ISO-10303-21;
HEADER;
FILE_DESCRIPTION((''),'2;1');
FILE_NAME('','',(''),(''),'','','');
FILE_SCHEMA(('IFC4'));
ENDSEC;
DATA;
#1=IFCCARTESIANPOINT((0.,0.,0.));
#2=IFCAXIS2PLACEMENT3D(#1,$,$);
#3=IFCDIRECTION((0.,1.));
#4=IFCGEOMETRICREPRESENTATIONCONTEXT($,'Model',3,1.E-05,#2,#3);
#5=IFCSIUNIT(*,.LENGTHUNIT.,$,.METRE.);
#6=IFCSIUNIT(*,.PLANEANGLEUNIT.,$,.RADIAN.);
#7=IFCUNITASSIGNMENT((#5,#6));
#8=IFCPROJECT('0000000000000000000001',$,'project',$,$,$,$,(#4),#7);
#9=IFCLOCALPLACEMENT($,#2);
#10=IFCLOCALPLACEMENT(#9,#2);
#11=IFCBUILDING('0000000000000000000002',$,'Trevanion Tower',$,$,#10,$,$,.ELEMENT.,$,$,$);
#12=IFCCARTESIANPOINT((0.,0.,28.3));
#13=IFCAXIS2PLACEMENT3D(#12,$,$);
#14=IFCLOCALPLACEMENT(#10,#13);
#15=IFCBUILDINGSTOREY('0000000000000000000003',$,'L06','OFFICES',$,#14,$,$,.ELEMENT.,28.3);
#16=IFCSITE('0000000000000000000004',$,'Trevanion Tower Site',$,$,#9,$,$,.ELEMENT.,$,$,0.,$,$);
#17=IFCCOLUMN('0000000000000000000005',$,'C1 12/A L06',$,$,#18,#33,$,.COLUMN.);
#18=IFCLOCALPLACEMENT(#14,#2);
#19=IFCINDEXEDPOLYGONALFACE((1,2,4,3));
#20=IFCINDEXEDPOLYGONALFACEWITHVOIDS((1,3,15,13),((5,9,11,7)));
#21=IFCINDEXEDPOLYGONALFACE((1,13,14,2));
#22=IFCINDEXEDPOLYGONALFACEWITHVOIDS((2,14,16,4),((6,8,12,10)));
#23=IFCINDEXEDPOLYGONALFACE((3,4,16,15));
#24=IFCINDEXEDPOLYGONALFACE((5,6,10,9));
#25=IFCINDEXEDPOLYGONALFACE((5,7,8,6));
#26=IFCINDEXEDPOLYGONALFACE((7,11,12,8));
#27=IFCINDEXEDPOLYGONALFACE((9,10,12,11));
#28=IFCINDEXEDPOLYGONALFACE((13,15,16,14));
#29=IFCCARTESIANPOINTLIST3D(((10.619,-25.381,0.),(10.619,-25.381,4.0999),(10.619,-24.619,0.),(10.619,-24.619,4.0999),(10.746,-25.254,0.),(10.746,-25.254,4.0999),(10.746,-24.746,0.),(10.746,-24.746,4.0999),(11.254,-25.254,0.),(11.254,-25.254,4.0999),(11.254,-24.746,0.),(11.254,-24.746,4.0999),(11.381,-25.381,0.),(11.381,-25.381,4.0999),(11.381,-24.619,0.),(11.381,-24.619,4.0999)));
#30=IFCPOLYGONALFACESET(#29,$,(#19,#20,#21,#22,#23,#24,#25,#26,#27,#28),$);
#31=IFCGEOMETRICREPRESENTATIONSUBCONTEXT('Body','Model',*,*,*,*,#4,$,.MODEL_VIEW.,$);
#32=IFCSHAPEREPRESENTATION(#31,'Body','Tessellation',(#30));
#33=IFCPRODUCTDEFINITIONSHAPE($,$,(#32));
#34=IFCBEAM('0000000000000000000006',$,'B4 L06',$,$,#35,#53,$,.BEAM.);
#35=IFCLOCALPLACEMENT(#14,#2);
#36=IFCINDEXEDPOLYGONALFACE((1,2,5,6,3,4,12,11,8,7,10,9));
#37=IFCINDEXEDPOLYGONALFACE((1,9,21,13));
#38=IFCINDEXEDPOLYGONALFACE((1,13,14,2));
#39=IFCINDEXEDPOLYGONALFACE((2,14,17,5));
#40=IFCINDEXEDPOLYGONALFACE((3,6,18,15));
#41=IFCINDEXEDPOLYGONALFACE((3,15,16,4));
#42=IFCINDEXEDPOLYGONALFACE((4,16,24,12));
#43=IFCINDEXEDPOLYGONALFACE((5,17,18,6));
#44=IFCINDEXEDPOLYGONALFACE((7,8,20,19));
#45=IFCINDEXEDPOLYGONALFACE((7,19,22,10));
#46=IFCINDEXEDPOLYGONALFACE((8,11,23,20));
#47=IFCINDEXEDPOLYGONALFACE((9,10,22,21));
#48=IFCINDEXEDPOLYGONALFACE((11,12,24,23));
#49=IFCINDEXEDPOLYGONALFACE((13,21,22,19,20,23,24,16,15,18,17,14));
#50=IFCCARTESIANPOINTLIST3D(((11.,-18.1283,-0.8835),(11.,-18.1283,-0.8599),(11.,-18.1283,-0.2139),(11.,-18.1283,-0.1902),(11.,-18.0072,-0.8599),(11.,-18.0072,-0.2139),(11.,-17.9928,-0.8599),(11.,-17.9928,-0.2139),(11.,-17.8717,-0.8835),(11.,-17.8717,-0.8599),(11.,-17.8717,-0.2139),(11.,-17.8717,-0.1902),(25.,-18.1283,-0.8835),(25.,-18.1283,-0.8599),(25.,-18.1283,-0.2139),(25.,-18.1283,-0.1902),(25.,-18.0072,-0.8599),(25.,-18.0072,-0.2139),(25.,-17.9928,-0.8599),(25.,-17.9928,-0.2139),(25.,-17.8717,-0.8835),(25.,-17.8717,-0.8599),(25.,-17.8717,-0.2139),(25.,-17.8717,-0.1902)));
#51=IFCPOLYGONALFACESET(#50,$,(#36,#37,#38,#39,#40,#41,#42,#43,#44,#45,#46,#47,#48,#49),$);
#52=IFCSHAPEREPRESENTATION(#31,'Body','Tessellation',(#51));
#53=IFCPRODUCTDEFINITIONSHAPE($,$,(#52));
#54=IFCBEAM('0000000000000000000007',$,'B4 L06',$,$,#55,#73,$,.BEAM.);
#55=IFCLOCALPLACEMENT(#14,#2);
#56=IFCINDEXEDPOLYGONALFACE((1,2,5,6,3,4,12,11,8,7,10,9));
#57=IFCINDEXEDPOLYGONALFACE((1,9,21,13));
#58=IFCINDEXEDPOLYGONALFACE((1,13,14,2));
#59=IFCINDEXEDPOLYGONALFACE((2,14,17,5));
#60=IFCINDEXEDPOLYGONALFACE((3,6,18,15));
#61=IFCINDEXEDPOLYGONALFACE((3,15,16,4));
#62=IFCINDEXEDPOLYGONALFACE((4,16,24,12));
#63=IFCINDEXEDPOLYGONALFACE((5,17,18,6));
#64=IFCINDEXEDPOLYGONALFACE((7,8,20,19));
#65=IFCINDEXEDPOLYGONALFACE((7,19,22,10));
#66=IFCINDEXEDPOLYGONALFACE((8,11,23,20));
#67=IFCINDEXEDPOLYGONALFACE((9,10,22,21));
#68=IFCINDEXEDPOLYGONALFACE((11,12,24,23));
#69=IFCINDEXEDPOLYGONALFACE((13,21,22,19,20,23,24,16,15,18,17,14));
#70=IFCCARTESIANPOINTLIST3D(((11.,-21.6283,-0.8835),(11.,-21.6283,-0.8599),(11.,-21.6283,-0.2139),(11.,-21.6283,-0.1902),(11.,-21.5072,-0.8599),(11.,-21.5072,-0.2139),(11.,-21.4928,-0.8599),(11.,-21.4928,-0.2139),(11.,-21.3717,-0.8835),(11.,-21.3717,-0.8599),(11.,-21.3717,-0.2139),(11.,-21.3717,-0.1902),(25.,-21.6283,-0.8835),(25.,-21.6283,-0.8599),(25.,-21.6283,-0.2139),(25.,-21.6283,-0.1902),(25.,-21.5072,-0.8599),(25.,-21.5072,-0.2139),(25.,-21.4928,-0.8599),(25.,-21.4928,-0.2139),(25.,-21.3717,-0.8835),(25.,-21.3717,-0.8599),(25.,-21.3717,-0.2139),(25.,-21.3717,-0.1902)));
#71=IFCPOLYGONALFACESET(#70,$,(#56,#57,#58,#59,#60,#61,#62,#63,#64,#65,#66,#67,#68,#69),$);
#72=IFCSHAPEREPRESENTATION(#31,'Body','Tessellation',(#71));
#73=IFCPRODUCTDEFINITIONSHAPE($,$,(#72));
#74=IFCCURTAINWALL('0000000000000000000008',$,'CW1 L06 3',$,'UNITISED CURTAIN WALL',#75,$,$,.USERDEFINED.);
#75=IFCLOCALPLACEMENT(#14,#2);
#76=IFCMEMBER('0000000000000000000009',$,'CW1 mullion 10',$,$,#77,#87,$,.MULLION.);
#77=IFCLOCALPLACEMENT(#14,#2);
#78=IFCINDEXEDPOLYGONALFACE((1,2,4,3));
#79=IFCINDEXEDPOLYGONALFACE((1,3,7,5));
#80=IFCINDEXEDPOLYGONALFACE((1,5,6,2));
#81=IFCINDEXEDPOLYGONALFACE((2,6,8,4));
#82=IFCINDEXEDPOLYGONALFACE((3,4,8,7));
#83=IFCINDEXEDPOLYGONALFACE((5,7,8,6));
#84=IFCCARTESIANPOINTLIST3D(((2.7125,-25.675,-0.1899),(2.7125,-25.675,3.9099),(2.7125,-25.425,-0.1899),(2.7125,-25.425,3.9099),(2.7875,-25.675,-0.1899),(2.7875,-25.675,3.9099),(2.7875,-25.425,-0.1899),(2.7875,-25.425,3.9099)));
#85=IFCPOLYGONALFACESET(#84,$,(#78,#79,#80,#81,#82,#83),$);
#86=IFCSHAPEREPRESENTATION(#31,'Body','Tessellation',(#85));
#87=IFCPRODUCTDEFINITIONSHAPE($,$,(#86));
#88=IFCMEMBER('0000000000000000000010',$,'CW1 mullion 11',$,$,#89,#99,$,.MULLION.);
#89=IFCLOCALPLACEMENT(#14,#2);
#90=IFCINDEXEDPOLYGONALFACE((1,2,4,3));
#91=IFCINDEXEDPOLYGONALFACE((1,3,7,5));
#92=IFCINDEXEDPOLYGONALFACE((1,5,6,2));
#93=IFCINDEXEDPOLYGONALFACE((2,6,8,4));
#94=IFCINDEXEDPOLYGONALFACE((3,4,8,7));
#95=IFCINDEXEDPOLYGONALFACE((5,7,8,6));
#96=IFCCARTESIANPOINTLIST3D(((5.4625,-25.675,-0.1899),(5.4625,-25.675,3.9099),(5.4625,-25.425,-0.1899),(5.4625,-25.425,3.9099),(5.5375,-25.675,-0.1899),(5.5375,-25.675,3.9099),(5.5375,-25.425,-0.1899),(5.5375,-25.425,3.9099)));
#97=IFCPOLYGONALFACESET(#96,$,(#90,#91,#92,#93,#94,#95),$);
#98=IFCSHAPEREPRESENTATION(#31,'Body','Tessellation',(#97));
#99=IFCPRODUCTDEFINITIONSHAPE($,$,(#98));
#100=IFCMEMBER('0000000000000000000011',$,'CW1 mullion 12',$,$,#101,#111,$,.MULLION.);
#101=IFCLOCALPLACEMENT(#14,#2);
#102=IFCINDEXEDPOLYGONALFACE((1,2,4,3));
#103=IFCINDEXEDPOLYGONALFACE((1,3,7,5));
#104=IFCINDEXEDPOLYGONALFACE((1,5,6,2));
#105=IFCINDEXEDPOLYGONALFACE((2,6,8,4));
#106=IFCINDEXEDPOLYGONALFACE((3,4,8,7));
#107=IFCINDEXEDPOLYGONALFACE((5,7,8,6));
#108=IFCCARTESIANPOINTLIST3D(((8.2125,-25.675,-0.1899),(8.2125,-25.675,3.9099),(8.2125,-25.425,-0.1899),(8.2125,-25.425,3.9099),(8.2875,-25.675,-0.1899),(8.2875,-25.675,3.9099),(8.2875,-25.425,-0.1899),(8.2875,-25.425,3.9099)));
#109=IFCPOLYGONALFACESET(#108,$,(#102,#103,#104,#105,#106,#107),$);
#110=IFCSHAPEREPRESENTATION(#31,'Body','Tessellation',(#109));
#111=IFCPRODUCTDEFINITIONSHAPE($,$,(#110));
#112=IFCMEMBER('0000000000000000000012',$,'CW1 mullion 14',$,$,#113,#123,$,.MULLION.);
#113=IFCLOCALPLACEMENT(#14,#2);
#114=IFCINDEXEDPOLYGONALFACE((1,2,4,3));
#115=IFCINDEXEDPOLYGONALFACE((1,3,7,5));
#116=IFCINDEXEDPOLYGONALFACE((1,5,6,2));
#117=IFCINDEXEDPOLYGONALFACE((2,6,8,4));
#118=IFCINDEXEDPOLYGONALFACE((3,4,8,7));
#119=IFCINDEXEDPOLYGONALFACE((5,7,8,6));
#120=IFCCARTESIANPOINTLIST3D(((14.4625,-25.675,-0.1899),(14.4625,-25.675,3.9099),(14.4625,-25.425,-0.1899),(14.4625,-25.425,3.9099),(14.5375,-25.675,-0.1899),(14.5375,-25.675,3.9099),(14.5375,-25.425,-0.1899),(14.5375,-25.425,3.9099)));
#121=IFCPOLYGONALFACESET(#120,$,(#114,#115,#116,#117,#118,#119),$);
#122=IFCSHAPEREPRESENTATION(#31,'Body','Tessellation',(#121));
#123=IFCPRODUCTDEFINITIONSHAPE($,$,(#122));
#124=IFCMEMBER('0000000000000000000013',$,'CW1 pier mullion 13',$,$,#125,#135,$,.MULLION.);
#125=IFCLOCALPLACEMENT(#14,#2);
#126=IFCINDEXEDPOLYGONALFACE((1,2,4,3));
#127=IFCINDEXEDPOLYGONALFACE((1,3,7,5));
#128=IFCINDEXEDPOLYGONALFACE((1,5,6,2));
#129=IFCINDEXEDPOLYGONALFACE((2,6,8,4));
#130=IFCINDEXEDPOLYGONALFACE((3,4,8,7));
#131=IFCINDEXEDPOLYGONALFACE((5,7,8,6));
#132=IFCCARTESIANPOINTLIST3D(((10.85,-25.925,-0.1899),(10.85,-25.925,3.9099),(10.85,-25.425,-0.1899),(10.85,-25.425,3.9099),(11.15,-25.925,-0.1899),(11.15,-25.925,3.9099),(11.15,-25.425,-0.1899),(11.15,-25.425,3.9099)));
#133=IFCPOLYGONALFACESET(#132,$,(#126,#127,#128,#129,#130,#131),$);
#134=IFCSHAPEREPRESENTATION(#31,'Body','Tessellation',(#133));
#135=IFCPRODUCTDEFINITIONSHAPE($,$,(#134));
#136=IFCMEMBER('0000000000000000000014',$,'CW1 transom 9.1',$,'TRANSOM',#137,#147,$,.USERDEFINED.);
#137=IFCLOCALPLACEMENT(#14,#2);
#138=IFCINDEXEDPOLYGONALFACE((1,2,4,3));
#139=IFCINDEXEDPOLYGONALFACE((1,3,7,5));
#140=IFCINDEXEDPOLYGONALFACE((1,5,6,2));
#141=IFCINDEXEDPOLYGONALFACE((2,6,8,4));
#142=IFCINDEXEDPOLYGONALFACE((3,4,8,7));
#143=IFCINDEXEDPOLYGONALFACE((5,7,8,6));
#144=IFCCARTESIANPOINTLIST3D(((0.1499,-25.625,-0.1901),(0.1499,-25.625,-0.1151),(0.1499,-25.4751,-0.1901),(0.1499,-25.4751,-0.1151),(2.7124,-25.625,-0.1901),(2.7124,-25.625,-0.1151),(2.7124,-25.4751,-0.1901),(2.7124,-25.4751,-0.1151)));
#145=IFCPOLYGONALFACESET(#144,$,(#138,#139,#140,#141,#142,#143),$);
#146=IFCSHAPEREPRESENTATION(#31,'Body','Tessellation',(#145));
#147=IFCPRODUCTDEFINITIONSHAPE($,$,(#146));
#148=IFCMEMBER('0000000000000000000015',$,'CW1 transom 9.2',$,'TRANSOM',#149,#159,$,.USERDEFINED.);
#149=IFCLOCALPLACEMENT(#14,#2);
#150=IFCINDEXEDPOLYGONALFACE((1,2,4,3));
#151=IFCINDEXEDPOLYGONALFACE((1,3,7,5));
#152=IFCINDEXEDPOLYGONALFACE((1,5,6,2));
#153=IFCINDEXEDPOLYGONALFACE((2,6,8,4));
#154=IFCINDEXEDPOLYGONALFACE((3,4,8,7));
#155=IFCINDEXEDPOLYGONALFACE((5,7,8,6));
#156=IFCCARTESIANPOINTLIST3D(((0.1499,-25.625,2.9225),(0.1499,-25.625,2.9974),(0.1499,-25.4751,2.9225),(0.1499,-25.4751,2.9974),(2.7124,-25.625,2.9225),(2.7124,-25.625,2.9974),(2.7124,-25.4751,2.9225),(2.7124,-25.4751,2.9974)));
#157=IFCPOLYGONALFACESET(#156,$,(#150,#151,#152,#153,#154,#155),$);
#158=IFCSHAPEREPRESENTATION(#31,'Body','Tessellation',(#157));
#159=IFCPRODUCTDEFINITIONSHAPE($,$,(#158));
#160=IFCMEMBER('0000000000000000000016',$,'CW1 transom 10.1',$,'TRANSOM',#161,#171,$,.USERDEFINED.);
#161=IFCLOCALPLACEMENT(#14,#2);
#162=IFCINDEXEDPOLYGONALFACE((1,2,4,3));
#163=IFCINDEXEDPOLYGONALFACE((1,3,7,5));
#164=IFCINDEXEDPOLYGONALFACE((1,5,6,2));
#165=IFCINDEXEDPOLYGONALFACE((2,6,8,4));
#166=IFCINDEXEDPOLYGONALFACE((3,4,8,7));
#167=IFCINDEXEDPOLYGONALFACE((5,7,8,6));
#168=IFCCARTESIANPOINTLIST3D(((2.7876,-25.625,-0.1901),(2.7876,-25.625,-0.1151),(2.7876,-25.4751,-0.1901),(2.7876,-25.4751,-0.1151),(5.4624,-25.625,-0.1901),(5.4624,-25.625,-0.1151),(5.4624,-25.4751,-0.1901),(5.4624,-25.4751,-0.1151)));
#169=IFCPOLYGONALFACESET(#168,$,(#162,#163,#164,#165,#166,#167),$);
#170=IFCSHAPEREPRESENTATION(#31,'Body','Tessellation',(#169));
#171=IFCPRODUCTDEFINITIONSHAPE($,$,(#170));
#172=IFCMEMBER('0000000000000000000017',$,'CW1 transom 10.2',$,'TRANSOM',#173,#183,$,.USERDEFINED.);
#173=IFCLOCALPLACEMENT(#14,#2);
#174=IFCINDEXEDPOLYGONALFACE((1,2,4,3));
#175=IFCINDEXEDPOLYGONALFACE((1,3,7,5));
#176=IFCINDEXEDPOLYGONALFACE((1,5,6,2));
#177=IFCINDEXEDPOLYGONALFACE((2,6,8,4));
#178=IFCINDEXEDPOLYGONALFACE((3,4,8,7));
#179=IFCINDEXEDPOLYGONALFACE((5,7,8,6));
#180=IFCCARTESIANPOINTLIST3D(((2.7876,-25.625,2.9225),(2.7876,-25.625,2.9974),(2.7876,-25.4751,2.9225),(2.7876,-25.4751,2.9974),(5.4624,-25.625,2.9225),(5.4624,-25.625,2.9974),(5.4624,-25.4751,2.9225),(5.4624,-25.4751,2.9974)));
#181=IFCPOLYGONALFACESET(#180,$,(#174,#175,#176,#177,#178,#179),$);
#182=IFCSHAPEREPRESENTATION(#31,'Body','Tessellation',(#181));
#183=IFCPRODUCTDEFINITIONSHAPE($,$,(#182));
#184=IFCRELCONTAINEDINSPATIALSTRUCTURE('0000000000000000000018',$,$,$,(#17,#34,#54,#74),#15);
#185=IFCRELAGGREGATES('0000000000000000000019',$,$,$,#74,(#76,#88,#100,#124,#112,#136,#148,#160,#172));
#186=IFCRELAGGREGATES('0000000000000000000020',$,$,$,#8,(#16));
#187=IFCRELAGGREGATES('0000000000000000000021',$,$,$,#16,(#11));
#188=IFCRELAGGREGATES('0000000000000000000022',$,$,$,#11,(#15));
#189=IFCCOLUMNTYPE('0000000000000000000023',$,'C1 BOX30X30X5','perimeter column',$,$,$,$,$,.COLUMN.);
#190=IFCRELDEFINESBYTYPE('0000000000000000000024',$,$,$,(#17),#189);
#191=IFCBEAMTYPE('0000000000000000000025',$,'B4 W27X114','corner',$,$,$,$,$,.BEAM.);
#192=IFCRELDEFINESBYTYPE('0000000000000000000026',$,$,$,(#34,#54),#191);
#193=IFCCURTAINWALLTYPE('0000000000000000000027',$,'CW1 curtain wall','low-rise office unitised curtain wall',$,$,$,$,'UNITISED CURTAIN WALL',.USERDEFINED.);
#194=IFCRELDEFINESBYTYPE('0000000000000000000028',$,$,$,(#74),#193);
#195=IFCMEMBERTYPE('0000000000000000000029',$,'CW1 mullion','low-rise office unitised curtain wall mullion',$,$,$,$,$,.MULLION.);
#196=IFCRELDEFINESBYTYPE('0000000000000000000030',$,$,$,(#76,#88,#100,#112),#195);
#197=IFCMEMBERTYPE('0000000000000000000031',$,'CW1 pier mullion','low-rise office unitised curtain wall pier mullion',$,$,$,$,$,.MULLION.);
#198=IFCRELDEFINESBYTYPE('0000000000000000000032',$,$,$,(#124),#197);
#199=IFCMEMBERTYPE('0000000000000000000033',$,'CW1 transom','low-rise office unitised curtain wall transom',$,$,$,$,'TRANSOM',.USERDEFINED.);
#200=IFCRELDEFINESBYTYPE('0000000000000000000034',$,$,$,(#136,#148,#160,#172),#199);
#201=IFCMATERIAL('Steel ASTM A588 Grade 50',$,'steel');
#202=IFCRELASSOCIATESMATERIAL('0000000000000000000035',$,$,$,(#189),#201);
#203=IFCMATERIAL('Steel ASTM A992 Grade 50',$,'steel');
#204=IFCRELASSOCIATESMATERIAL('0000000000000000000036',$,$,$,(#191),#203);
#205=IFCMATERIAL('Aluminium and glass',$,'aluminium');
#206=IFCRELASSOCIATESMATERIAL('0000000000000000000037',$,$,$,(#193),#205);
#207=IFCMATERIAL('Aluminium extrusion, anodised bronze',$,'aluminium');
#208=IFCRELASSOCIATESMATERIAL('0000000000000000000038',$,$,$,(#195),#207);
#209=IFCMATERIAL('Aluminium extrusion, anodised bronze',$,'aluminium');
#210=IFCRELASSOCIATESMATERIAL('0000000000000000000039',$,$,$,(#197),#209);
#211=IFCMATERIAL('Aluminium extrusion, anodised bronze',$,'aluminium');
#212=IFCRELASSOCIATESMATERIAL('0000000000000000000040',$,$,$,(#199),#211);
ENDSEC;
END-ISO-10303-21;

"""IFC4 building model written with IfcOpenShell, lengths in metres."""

from ifc_helpers import new_model, si_unit, direction, frame, origin, origin_2d, place, context, subcontext, project, spatial, rectangle, hollow_rectangle, i_section, extrude, material, material_profile, profile_set, type_object, element, aggregate, save


model = new_model("IFC4")

# Units and contexts
model_context = context("Model", 3, precision=1e-05, world=origin(), true_north=direction((0.0, 1.0)))
body_context = subcontext(model_context, "Body", "Model", "MODEL_VIEW")
ifc_project = project(units=[si_unit("LENGTHUNIT", "METRE"), si_unit("PLANEANGLEUNIT", "RADIAN")], contexts=[model_context])

# Site, building, storey
site_placement = place(None, origin())
site = spatial("IfcSite", under=ifc_project, at=site_placement, Name="Trevanion Tower Site", CompositionType="ELEMENT", RefElevation=0.0)
building_placement = place(site_placement, origin())
building = spatial("IfcBuilding", under=site, at=building_placement, Name="Trevanion Tower", CompositionType="ELEMENT")
storey_placement = place(building_placement, frame((0.0, 0.0, 28.3)))
storey = spatial("IfcBuildingStorey", under=building, at=storey_placement, Name="L06", Description="OFFICES", CompositionType="ELEMENT", Elevation=28.3)

# Column
ifc_material_1 = material(Name="Steel ASTM A588 Grade 50", Category="steel")
ifc_material_profile_1 = material_profile(ifc_material_1, hollow_rectangle(XDim=0.762, YDim=0.762, WallThickness=0.127, at=origin_2d()), Name="BOX30X30X5")
ifc_profile_set_1 = profile_set([ifc_material_profile_1], Name="Steel ASTM A588 Grade 50")
column_type = type_object("IfcColumnType", Name="C1 BOX30X30X5", Description="perimeter column", PredefinedType="COLUMN", material=ifc_profile_set_1)
column_placement = place(storey_placement, frame((11.0, -25.0, 0.0), z_axis=(0.0, 0.0, 1.0), x_axis=(1.0, 0.0, 0.0)))
element("IfcColumn", 1, at=column_placement, inside=storey, type_object=column_type, Name="C1 12/A L06", PredefinedType="COLUMN", context=body_context, shape_type="SweptSolid", body=[
    extrude(hollow_rectangle(XDim=0.762, YDim=0.762, WallThickness=0.127, at=origin_2d()), origin(), (0.0, 0.0, 1.0), 4.0999),
])

# Beams
ifc_material_2 = material(Name="Steel ASTM A992 Grade 50", Category="steel")
ifc_material_profile_2 = material_profile(ifc_material_2, i_section(OverallWidth=0.2566, OverallDepth=0.6934, WebThickness=0.0144, FlangeThickness=0.0237, at=origin_2d()), Name="W27X114")
ifc_profile_set_2 = profile_set([ifc_material_profile_2], Name="Steel ASTM A992 Grade 50")
beam_type_1 = type_object("IfcBeamType", Name="B4 W27X114", Description="corner", PredefinedType="BEAM", material=ifc_profile_set_2)
for number, where, z_axis, x_axis, name in (
    (2, (11.0, -18.0, -0.5369), (1.0, 0.0, 0.0), (0.0, 1.0, 0.0), "B4 L06"),
    (3, (11.0, -21.5, -0.5369), (1.0, 0.0, 0.0), (0.0, 1.0, 0.0), "B4 L06"),
):
    element("IfcBeam", number, at=place(storey_placement, frame(where, z_axis=z_axis, x_axis=x_axis)), inside=storey, type_object=beam_type_1, Name=name, PredefinedType="BEAM", context=body_context, shape_type="SweptSolid", body=[
        extrude(i_section(OverallWidth=0.2566, OverallDepth=0.6934, WebThickness=0.0144, FlangeThickness=0.0237, at=origin_2d()), origin(), (0.0, 0.0, 1.0), 14.0),
    ])

# Curtain wall, members
ifc_material_3 = material(Name="Aluminium and glass", Category="aluminium")
curtain_wall_type = type_object("IfcCurtainWallType", Name="CW1 curtain wall", Description="low-rise office unitised curtain wall", ElementType="UNITISED CURTAIN WALL", PredefinedType="USERDEFINED", material=ifc_material_3)
curtain_wall_placement = place(storey_placement, origin())
curtain_wall = element("IfcCurtainWall", 4, at=curtain_wall_placement, inside=storey, type_object=curtain_wall_type, Name="CW1 L06 3", ObjectType="UNITISED CURTAIN WALL", PredefinedType="USERDEFINED")
ifc_material_4 = material(Name="Aluminium extrusion, anodised bronze", Category="aluminium")
ifc_material_profile_3 = material_profile(ifc_material_4, rectangle(XDim=0.075, YDim=0.25, at=origin_2d()), Name="CW1 mullion")
ifc_profile_set_3 = profile_set([ifc_material_profile_3], Name="Aluminium extrusion, anodised bronze")
member_type_1 = type_object("IfcMemberType", Name="CW1 mullion", Description="low-rise office unitised curtain wall mullion", PredefinedType="MULLION", material=ifc_profile_set_3)
member_1_placement = place(storey_placement, frame((2.75, -25.55, -0.1899), z_axis=(0.0, 0.0, 1.0), x_axis=(1.0, 0.0, 0.0)))
member_1 = element("IfcMember", 5, at=member_1_placement, type_object=member_type_1, Name="CW1 mullion 10", PredefinedType="MULLION", context=body_context, shape_type="SweptSolid", body=[
    extrude(rectangle(XDim=0.075, YDim=0.25, at=origin_2d()), origin(), (0.0, 0.0, 1.0), 4.0999),
])
member_2_placement = place(storey_placement, frame((5.5, -25.55, -0.1899), z_axis=(0.0, 0.0, 1.0), x_axis=(1.0, 0.0, 0.0)))
member_2 = element("IfcMember", 6, at=member_2_placement, type_object=member_type_1, Name="CW1 mullion 11", PredefinedType="MULLION", context=body_context, shape_type="SweptSolid", body=[
    extrude(rectangle(XDim=0.075, YDim=0.25, at=origin_2d()), origin(), (0.0, 0.0, 1.0), 4.0999),
])
member_3_placement = place(storey_placement, frame((8.25, -25.55, -0.1899), z_axis=(0.0, 0.0, 1.0), x_axis=(1.0, 0.0, 0.0)))
member_3 = element("IfcMember", 7, at=member_3_placement, type_object=member_type_1, Name="CW1 mullion 12", PredefinedType="MULLION", context=body_context, shape_type="SweptSolid", body=[
    extrude(rectangle(XDim=0.075, YDim=0.25, at=origin_2d()), origin(), (0.0, 0.0, 1.0), 4.0999),
])
member_4_placement = place(storey_placement, frame((14.5, -25.55, -0.1899), z_axis=(0.0, 0.0, 1.0), x_axis=(1.0, 0.0, 0.0)))
member_4 = element("IfcMember", 8, at=member_4_placement, type_object=member_type_1, Name="CW1 mullion 14", PredefinedType="MULLION", context=body_context, shape_type="SweptSolid", body=[
    extrude(rectangle(XDim=0.075, YDim=0.25, at=origin_2d()), origin(), (0.0, 0.0, 1.0), 4.0999),
])
ifc_material_5 = material(Name="Aluminium extrusion, anodised bronze", Category="aluminium")
ifc_material_profile_4 = material_profile(ifc_material_5, rectangle(XDim=0.3, YDim=0.5, at=origin_2d()), Name="CW1 pier mullion")
ifc_profile_set_4 = profile_set([ifc_material_profile_4], Name="Aluminium extrusion, anodised bronze")
member_type_2 = type_object("IfcMemberType", Name="CW1 pier mullion", Description="low-rise office unitised curtain wall pier mullion", PredefinedType="MULLION", material=ifc_profile_set_4)
member_5_placement = place(storey_placement, frame((11.0, -25.675, -0.1899), z_axis=(0.0, 0.0, 1.0), x_axis=(1.0, 0.0, 0.0)))
member_5 = element("IfcMember", 9, at=member_5_placement, type_object=member_type_2, Name="CW1 pier mullion 13", PredefinedType="MULLION", context=body_context, shape_type="SweptSolid", body=[
    extrude(rectangle(XDim=0.3, YDim=0.5, at=origin_2d()), origin(), (0.0, 0.0, 1.0), 4.0999),
])
ifc_material_6 = material(Name="Aluminium extrusion, anodised bronze", Category="aluminium")
ifc_material_profile_5 = material_profile(ifc_material_6, rectangle(XDim=0.1499, YDim=0.075, at=origin_2d()), Name="CW1 transom")
ifc_profile_set_5 = profile_set([ifc_material_profile_5], Name="Aluminium extrusion, anodised bronze")
member_type_3 = type_object("IfcMemberType", Name="CW1 transom", Description="low-rise office unitised curtain wall transom", ElementType="TRANSOM", PredefinedType="USERDEFINED", material=ifc_profile_set_5)
member_6_placement = place(storey_placement, frame((0.1499, -25.55, -0.1526), z_axis=(1.0, 0.0, 0.0), x_axis=(0.0, 1.0, 0.0)))
member_6 = element("IfcMember", 10, at=member_6_placement, type_object=member_type_3, Name="CW1 transom 9.1", ObjectType="TRANSOM", PredefinedType="USERDEFINED", context=body_context, shape_type="SweptSolid", body=[
    extrude(rectangle(XDim=0.1499, YDim=0.075, at=origin_2d()), origin(), (0.0, 0.0, 1.0), 2.5625),
])
member_7_placement = place(storey_placement, frame((0.1499, -25.55, 2.96), z_axis=(1.0, 0.0, 0.0), x_axis=(0.0, 1.0, 0.0)))
member_7 = element("IfcMember", 11, at=member_7_placement, type_object=member_type_3, Name="CW1 transom 9.2", ObjectType="TRANSOM", PredefinedType="USERDEFINED", context=body_context, shape_type="SweptSolid", body=[
    extrude(rectangle(XDim=0.1499, YDim=0.075, at=origin_2d()), origin(), (0.0, 0.0, 1.0), 2.5625),
])
member_8_placement = place(storey_placement, frame((2.7876, -25.55, -0.1526), z_axis=(1.0, 0.0, 0.0), x_axis=(0.0, 1.0, 0.0)))
member_8 = element("IfcMember", 12, at=member_8_placement, type_object=member_type_3, Name="CW1 transom 10.1", ObjectType="TRANSOM", PredefinedType="USERDEFINED", context=body_context, shape_type="SweptSolid", body=[
    extrude(rectangle(XDim=0.1499, YDim=0.075, at=origin_2d()), origin(), (0.0, 0.0, 1.0), 2.6748),
])
member_9_placement = place(storey_placement, frame((2.7876, -25.55, 2.96), z_axis=(1.0, 0.0, 0.0), x_axis=(0.0, 1.0, 0.0)))
member_9 = element("IfcMember", 13, at=member_9_placement, type_object=member_type_3, Name="CW1 transom 10.2", ObjectType="TRANSOM", PredefinedType="USERDEFINED", context=body_context, shape_type="SweptSolid", body=[
    extrude(rectangle(XDim=0.1499, YDim=0.075, at=origin_2d()), origin(), (0.0, 0.0, 1.0), 2.6748),
])

aggregate(curtain_wall, [member_1, member_2, member_3, member_5, member_4, member_6, member_7, member_8, member_9])

save(model, "model.ifc")
